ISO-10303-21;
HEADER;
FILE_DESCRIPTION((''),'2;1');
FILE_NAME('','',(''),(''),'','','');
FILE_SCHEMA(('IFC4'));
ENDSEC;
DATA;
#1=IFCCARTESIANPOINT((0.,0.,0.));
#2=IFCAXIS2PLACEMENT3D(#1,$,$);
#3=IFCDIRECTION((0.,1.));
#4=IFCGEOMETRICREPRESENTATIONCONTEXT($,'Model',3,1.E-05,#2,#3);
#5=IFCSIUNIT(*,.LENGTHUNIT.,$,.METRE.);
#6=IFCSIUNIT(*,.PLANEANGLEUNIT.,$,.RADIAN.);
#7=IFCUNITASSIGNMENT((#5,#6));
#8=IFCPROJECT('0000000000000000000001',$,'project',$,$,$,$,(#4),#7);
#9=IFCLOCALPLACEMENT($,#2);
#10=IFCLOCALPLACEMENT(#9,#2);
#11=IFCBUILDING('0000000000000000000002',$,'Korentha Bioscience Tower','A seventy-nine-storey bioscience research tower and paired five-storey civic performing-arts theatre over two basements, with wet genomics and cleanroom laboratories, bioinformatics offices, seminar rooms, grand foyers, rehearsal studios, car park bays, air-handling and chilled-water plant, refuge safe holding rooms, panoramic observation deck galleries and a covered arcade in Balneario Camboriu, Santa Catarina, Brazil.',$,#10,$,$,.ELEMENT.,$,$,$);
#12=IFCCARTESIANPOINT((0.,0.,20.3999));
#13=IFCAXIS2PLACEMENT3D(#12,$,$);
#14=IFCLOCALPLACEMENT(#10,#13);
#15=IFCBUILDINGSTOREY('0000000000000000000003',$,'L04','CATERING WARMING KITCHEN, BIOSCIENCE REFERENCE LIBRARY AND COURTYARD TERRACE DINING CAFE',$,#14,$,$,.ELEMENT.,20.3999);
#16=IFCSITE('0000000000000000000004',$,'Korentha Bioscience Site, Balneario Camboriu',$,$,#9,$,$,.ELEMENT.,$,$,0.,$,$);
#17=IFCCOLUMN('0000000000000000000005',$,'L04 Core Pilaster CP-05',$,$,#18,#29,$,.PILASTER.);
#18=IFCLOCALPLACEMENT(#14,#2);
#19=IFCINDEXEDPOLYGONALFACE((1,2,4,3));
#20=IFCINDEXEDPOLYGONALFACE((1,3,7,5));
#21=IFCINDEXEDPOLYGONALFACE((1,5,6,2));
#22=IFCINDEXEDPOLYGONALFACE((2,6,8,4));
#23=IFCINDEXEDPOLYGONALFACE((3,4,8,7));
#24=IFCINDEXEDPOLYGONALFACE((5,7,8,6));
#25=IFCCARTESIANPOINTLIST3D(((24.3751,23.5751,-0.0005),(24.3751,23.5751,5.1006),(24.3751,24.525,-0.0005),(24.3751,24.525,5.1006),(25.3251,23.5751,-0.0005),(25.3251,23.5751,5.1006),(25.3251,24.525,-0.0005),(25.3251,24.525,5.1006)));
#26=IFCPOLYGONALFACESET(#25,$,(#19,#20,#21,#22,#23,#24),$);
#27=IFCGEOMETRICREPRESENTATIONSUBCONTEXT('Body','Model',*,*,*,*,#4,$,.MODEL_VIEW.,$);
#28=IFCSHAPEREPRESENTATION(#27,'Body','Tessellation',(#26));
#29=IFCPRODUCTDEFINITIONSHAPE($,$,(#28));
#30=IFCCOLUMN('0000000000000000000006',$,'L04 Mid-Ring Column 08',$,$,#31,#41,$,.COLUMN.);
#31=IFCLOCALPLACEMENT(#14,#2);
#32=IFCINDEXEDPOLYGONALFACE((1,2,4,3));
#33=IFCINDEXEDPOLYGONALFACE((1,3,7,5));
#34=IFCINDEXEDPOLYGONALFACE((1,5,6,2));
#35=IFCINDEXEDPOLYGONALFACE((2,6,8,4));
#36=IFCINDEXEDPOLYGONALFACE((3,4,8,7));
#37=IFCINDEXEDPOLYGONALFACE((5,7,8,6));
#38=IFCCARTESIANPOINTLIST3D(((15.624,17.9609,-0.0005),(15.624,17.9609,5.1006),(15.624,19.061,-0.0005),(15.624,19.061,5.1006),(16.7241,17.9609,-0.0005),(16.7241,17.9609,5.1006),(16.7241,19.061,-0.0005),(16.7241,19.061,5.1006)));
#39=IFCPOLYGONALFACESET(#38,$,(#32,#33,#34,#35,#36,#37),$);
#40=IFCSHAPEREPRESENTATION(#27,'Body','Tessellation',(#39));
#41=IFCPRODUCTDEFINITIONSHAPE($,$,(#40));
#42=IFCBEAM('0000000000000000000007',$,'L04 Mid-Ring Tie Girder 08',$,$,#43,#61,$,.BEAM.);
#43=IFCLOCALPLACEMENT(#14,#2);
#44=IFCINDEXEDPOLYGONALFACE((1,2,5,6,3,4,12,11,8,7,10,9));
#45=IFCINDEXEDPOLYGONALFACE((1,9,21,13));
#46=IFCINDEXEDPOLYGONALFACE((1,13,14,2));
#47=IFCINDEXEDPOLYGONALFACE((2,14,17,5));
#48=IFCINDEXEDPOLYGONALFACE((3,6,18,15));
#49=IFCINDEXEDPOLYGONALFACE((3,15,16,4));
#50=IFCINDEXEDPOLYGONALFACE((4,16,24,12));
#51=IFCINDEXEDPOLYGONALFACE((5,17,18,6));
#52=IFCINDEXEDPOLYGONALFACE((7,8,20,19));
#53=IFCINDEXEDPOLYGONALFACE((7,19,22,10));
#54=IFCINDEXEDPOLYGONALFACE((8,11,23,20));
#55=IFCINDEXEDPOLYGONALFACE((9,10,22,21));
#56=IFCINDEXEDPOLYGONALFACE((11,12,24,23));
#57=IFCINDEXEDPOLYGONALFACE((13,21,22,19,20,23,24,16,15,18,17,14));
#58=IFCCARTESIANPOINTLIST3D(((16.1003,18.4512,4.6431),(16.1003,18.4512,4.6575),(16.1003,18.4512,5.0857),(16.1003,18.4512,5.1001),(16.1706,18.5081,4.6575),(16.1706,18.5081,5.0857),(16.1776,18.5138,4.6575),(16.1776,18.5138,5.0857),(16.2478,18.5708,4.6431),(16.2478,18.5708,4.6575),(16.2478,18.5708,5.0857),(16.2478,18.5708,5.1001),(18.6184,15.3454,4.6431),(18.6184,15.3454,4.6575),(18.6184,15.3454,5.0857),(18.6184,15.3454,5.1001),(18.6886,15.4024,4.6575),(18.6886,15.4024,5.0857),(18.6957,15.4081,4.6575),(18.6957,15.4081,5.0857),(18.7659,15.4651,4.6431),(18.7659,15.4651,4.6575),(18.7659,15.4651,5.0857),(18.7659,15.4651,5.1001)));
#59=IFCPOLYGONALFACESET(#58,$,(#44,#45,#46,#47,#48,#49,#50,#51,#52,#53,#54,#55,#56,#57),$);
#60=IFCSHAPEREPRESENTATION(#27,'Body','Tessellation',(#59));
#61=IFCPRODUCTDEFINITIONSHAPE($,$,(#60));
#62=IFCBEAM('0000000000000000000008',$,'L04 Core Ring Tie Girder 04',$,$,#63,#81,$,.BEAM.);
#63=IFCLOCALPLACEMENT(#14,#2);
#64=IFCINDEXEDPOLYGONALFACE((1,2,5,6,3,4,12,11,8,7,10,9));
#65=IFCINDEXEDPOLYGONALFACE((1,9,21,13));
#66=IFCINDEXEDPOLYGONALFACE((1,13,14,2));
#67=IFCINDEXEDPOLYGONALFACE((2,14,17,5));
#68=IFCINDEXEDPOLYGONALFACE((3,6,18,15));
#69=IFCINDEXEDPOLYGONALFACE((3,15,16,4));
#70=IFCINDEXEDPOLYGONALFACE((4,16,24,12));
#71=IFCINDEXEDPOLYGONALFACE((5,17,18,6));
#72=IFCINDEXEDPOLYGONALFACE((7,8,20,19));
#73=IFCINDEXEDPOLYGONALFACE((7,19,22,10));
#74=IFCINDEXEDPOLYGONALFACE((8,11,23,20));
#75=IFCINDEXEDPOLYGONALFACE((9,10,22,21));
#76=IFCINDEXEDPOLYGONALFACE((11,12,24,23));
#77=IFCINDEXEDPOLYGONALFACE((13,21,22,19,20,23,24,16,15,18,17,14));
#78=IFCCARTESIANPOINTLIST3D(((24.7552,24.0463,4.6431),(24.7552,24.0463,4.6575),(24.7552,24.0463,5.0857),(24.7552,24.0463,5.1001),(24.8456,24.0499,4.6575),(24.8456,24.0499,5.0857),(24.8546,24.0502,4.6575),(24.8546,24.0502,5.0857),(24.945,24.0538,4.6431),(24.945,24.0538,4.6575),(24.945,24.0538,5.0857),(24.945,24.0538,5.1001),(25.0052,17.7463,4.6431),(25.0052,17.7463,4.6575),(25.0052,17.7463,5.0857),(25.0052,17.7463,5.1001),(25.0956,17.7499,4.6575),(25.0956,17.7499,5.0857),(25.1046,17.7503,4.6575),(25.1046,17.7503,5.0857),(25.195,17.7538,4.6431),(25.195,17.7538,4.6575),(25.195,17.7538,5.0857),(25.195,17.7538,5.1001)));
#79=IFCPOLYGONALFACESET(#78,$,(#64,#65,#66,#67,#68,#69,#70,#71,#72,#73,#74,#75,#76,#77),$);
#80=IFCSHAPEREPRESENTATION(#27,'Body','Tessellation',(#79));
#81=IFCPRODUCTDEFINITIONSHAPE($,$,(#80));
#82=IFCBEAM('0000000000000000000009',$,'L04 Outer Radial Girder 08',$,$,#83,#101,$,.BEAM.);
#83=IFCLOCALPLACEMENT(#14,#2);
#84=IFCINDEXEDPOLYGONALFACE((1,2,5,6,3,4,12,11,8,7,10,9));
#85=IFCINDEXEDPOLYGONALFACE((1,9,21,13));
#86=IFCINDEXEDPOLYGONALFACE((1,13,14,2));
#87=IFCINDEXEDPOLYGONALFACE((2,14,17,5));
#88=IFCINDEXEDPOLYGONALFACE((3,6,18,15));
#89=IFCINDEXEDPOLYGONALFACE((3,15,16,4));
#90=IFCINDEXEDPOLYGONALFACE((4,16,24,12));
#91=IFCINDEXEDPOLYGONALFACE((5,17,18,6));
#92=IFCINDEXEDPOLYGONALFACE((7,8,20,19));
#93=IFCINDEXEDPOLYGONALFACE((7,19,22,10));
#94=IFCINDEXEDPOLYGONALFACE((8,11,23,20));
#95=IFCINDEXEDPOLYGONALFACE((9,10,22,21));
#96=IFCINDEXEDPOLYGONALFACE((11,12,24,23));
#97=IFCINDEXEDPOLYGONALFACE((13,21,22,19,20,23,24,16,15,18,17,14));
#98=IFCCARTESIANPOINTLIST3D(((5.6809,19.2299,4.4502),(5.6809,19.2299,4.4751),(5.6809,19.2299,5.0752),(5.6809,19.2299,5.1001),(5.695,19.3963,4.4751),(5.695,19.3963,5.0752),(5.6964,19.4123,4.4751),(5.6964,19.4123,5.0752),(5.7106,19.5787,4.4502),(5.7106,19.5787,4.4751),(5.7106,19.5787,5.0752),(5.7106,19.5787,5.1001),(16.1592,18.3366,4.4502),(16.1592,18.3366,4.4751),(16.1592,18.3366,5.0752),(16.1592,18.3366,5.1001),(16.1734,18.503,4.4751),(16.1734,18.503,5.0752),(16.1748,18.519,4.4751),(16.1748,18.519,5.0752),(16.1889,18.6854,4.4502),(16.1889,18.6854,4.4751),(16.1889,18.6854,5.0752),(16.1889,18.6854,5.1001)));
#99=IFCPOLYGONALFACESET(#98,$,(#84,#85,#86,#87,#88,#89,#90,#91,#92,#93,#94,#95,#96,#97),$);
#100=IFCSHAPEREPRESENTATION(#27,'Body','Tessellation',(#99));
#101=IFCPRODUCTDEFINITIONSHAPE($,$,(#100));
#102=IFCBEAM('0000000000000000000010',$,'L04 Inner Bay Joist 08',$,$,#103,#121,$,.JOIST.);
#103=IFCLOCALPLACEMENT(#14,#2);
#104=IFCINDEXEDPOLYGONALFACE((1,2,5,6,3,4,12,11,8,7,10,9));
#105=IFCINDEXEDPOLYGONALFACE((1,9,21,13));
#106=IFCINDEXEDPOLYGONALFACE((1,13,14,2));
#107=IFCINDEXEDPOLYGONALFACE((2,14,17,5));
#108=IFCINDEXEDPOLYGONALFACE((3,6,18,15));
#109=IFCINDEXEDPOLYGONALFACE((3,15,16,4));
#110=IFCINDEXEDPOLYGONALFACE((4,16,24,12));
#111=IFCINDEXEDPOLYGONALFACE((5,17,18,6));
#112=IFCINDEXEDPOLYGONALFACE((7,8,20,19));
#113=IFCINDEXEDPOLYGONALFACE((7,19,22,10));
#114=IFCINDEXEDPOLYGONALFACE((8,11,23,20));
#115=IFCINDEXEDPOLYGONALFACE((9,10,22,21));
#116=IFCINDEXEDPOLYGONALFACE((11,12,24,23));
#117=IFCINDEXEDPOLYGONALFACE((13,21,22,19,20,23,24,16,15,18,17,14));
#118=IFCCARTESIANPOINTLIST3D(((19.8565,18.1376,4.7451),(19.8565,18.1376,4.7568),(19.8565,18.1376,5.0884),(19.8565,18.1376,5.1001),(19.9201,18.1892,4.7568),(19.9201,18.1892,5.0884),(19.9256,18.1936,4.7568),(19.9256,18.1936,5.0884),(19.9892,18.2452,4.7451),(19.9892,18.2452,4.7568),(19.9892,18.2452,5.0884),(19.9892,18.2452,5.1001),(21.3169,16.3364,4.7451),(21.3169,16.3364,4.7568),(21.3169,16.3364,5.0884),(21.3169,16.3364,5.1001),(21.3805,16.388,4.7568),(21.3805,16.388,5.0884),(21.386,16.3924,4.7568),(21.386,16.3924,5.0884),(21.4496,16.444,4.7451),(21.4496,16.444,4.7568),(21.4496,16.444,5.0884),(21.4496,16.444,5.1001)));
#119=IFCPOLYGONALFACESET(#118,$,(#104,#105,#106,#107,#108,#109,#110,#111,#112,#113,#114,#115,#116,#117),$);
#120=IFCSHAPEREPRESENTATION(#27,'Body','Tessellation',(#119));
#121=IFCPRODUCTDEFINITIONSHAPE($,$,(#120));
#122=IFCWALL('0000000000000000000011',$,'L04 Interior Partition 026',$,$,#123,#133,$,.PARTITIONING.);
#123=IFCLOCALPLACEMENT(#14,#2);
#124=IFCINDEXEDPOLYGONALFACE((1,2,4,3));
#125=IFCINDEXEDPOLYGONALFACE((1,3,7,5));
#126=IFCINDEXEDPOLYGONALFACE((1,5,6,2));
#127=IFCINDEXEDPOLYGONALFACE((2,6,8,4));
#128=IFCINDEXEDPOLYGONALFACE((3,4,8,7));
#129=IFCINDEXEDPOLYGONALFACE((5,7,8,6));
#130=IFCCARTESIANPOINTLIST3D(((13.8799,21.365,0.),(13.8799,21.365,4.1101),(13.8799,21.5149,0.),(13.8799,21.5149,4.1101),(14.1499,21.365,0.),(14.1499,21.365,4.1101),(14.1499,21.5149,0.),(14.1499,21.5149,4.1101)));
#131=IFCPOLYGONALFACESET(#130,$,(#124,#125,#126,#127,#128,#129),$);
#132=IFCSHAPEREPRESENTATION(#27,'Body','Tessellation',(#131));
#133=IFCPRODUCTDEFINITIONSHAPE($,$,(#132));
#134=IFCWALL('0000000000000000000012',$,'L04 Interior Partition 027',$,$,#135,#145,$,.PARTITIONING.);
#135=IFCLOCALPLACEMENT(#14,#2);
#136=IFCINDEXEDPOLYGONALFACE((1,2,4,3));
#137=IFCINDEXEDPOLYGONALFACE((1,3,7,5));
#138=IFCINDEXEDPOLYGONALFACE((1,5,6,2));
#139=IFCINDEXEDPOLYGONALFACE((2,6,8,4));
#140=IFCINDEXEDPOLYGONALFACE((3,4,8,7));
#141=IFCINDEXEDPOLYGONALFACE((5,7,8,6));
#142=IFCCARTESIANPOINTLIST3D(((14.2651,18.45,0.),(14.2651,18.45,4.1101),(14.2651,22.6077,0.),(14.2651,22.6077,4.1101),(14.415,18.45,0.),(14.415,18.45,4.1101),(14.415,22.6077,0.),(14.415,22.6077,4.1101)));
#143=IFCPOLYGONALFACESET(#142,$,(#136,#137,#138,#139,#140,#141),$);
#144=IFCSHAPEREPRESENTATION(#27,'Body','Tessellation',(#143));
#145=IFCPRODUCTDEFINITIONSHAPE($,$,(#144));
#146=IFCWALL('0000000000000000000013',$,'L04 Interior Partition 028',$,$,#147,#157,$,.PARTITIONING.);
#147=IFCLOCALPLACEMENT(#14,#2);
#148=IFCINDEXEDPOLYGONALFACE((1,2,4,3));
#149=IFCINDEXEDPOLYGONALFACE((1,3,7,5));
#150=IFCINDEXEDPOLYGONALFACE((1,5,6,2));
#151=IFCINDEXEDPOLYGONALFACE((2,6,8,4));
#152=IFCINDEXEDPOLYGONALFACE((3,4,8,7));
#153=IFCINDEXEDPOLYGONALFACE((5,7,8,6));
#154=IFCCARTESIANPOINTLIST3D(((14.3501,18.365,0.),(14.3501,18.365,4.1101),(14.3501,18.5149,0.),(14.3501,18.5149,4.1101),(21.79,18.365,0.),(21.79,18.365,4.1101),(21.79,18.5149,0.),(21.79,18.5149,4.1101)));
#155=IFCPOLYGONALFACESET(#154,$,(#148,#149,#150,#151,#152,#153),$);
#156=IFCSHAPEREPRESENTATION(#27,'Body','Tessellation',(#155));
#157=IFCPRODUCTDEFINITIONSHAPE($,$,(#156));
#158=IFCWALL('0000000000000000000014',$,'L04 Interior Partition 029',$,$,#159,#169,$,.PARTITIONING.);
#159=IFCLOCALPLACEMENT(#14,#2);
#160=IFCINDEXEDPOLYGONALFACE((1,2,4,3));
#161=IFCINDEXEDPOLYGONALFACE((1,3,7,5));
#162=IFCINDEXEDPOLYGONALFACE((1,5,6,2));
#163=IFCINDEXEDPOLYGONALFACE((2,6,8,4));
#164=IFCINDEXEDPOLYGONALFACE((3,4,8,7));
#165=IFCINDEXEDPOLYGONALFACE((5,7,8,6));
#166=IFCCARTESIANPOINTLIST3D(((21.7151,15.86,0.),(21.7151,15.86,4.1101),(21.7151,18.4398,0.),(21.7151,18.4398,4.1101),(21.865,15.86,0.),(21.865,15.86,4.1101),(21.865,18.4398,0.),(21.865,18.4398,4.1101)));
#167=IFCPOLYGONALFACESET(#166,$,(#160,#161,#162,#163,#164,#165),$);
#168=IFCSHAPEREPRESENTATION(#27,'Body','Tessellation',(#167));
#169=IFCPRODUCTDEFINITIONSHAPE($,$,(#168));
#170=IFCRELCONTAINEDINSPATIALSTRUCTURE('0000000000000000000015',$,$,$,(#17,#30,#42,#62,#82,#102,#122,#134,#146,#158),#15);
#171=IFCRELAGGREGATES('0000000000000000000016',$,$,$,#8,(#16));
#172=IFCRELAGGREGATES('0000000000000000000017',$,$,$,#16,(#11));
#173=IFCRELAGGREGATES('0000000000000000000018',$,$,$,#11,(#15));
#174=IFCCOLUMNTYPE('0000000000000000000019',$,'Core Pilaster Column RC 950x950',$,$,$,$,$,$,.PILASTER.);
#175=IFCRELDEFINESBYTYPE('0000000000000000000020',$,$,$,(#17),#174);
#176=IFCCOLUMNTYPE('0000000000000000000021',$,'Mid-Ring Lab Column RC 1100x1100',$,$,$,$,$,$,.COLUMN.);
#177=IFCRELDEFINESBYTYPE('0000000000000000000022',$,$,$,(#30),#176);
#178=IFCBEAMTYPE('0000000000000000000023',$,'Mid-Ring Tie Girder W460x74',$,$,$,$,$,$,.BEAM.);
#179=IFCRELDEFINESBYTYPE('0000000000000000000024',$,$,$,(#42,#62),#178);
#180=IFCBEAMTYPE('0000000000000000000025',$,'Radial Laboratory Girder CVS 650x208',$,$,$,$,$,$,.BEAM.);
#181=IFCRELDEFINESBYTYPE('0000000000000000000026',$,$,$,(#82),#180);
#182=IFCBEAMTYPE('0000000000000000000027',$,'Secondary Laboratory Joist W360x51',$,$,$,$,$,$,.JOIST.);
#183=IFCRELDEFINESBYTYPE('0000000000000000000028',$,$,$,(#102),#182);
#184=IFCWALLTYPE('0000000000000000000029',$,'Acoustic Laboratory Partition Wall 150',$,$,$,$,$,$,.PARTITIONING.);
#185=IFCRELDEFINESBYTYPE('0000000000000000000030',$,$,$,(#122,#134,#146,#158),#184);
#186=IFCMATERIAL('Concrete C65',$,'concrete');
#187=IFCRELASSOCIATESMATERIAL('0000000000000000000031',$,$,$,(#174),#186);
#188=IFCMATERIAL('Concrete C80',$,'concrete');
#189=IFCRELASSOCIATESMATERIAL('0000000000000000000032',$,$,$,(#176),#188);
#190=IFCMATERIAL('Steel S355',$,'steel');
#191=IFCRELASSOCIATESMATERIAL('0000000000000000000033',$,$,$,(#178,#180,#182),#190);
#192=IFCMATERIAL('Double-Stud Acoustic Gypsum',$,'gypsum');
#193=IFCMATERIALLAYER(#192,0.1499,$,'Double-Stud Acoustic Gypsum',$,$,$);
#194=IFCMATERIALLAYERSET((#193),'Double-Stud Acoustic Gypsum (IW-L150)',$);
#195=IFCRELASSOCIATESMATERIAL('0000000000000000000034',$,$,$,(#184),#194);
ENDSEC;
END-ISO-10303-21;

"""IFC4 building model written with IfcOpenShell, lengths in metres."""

from ifc_helpers import new_model, si_unit, direction, frame, frame_2d, origin, origin_2d, place, context, subcontext, project, spatial, rectangle, i_section, extrude, material, layer, layer_set, material_profile, profile_set, type_object, element, save


model = new_model("IFC4")

# Units and contexts
model_context = context("Model", 3, precision=1e-05, world=origin(), true_north=direction((0.0, 1.0)))
body_context = subcontext(model_context, "Body", "Model", "MODEL_VIEW")
ifc_project = project(units=[si_unit("LENGTHUNIT", "METRE"), si_unit("PLANEANGLEUNIT", "RADIAN")], contexts=[model_context])

# Site, building, storey
site_placement = place(None, origin())
site = spatial("IfcSite", under=ifc_project, at=site_placement, Name="Korentha Bioscience Site, Balneario Camboriu", CompositionType="ELEMENT", RefElevation=0.0)
building_placement = place(site_placement, origin())
building = spatial("IfcBuilding", under=site, at=building_placement, Name="Korentha Bioscience Tower", Description="A seventy-nine-storey bioscience research tower and paired five-storey civic performing-arts theatre over two basements, with wet genomics and cleanroom laboratories, bioinformatics offices, seminar rooms, grand foyers, rehearsal studios, car park bays, air-handling and chilled-water plant, refuge safe holding rooms, panoramic observation deck galleries and a covered arcade in Balneario Camboriu, Santa Catarina, Brazil.", CompositionType="ELEMENT")
storey_placement = place(building_placement, frame((0.0, 0.0, 20.3999)))
storey = spatial("IfcBuildingStorey", under=building, at=storey_placement, Name="L04", Description="CATERING WARMING KITCHEN, BIOSCIENCE REFERENCE LIBRARY AND COURTYARD TERRACE DINING CAFE", CompositionType="ELEMENT", Elevation=20.3999)

# Columns
ifc_material_1 = material(Name="Concrete C65", Category="concrete")
ifc_material_profile_1 = material_profile(ifc_material_1, rectangle(XDim=0.95, YDim=0.95, at=origin_2d()), Name="Concrete C65")
ifc_profile_set_1 = profile_set([ifc_material_profile_1], Name="Concrete C65 (COL-CP09)")
column_type_1 = type_object("IfcColumnType", Name="Core Pilaster Column RC 950x950", PredefinedType="PILASTER", material=ifc_profile_set_1)
column_1_placement = place(storey_placement, frame((24.8501, 24.05, -0.0005), z_axis=(0.0, 0.0, 1.0), x_axis=(1.0, 0.0, 0.0)))
element("IfcColumn", 1, at=column_1_placement, inside=storey, type_object=column_type_1, Name="L04 Core Pilaster CP-05", PredefinedType="PILASTER", context=body_context, shape_type="SweptSolid", body=[
    extrude(rectangle(XDim=0.95, YDim=0.95, at=origin_2d()), origin(), (0.0, 0.0, 1.0), 5.1011),
])
ifc_material_2 = material(Name="Concrete C80", Category="concrete")
ifc_material_profile_2 = material_profile(ifc_material_2, rectangle(XDim=1.1001, YDim=1.1001, at=origin_2d()), Name="Concrete C80")
ifc_profile_set_2 = profile_set([ifc_material_profile_2], Name="Concrete C80 (COL-MR11)")
column_type_2 = type_object("IfcColumnType", Name="Mid-Ring Lab Column RC 1100x1100", PredefinedType="COLUMN", material=ifc_profile_set_2)
column_2_placement = place(storey_placement, frame((16.1741, 18.511, -0.0005), z_axis=(0.0, 0.0, 1.0), x_axis=(1.0, 0.0, 0.0)))
element("IfcColumn", 2, at=column_2_placement, inside=storey, type_object=column_type_2, Name="L04 Mid-Ring Column 08", PredefinedType="COLUMN", context=body_context, shape_type="SweptSolid", body=[
    extrude(rectangle(XDim=1.1001, YDim=1.1001, at=origin_2d()), origin(), (0.0, 0.0, 1.0), 5.1011),
])

# Beams
ifc_material_3 = material(Name="Steel S355", Category="steel")
ifc_material_profile_3 = material_profile(ifc_material_3, i_section(OverallWidth=0.1899, OverallDepth=0.457, WebThickness=0.009, FlangeThickness=0.0144, at=origin_2d()), Name="Steel S355")
ifc_profile_set_3 = profile_set([ifc_material_profile_3], Name="Steel S355 (MB-460)")
beam_type_1 = type_object("IfcBeamType", Name="Mid-Ring Tie Girder W460x74", PredefinedType="BEAM", material=ifc_profile_set_3)
beam_1_placement = place(storey_placement, frame((16.1741, 18.511, 4.8716), z_axis=(0.62979, -0.776765, 0.0), x_axis=(0.776765, 0.62979, 0.0)))
element("IfcBeam", 3, at=beam_1_placement, inside=storey, type_object=beam_type_1, Name="L04 Mid-Ring Tie Girder 08", PredefinedType="BEAM", context=body_context, shape_type="SweptSolid", body=[
    extrude(i_section(OverallWidth=0.1899, OverallDepth=0.457, WebThickness=0.009, FlangeThickness=0.0144, at=origin_2d()), origin(), (0.0, 0.0, 1.0), 3.9983),
])
beam_2_placement = place(storey_placement, frame((24.8501, 24.05, 4.8716), z_axis=(0.039651, -0.999214, 0.0), x_axis=(0.999214, 0.039651, 0.0)))
element("IfcBeam", 4, at=beam_2_placement, inside=storey, type_object=beam_type_1, Name="L04 Core Ring Tie Girder 04", PredefinedType="BEAM", context=body_context, shape_type="SweptSolid", body=[
    extrude(i_section(OverallWidth=0.1899, OverallDepth=0.457, WebThickness=0.009, FlangeThickness=0.0144, at=origin_2d()), origin(), (0.0, 0.0, 1.0), 6.3049),
])
ifc_material_profile_4 = material_profile(ifc_material_3, i_section(OverallWidth=0.3501, OverallDepth=0.6499, WebThickness=0.0161, FlangeThickness=0.0249, at=origin_2d()), Name="Steel S355")
ifc_profile_set_4 = profile_set([ifc_material_profile_4], Name="Steel S355 (RB-650)")
beam_type_2 = type_object("IfcBeamType", Name="Radial Laboratory Girder CVS 650x208", PredefinedType="BEAM", material=ifc_profile_set_4)
beam_3_placement = place(storey_placement, frame((16.1741, 18.511, 4.7751), z_axis=(-0.996386, 0.084945, 0.0), x_axis=(-0.084945, -0.996386, 0.0)))
element("IfcBeam", 5, at=beam_3_placement, inside=storey, type_object=beam_type_2, Name="L04 Outer Radial Girder 08", PredefinedType="BEAM", context=body_context, shape_type="SweptSolid", body=[
    extrude(i_section(OverallWidth=0.3501, OverallDepth=0.6499, WebThickness=0.0161, FlangeThickness=0.0249, at=origin_2d()), origin(), (0.0, 0.0, 1.0), 10.5164),
])
ifc_material_profile_5 = material_profile(ifc_material_3, i_section(OverallWidth=0.1709, OverallDepth=0.355, WebThickness=0.0071, FlangeThickness=0.0117, at=origin_2d()), Name="Steel S355")
ifc_profile_set_5 = profile_set([ifc_material_profile_5], Name="Steel S355 (JB-360)")
beam_type_3 = type_object("IfcBeamType", Name="Secondary Laboratory Joist W360x51", PredefinedType="JOIST", material=ifc_profile_set_5)
beam_4_placement = place(storey_placement, frame((19.9229, 18.1914, 4.9226), z_axis=(0.629792, -0.776764, 0.0), x_axis=(0.776764, 0.629792, 0.0)))
element("IfcBeam", 6, at=beam_4_placement, inside=storey, type_object=beam_type_3, Name="L04 Inner Bay Joist 08", PredefinedType="JOIST", context=body_context, shape_type="SweptSolid", body=[
    extrude(i_section(OverallWidth=0.1709, OverallDepth=0.355, WebThickness=0.0071, FlangeThickness=0.0117, at=origin_2d()), origin(), (0.0, 0.0, 1.0), 2.3188),
])

# Walls
ifc_material_4 = material(Name="Double-Stud Acoustic Gypsum", Category="gypsum")
ifc_layer_1 = layer(ifc_material_4, 0.1499, Name="Double-Stud Acoustic Gypsum")
ifc_layer_set_1 = layer_set([ifc_layer_1], Name="Double-Stud Acoustic Gypsum (IW-L150)")
wall_type_1 = type_object("IfcWallType", Name="Acoustic Laboratory Partition Wall 150", PredefinedType="PARTITIONING", material=ifc_layer_set_1)
wall_1_placement = place(storey_placement, frame((13.8799, 21.4399, 0.0), z_axis=(0.0, 0.0, 1.0), x_axis=(1.0, 0.0, 0.0)))
element("IfcWall", 7, at=wall_1_placement, inside=storey, type_object=wall_type_1, Name="L04 Interior Partition 026", PredefinedType="PARTITIONING", context=body_context, shape_type="SweptSolid", body=[
    extrude(rectangle(XDim=0.27, YDim=0.1499, at=frame_2d((0.135, 0.0))), origin(), (0.0, 0.0, 1.0), 4.1101),
])
wall_2_placement = place(storey_placement, frame((14.3401, 22.6077, 0.0), z_axis=(0.0, 0.0, 1.0), x_axis=(0.0, -1.0, 0.0)))
element("IfcWall", 8, at=wall_2_placement, inside=storey, type_object=wall_type_1, Name="L04 Interior Partition 027", PredefinedType="PARTITIONING", context=body_context, shape_type="SweptSolid", body=[
    extrude(rectangle(XDim=4.1577, YDim=0.1499, at=frame_2d((2.0789, 0.0))), origin(), (0.0, 0.0, 1.0), 4.1101),
])
wall_3_placement = place(storey_placement, frame((14.3501, 18.4399, 0.0), z_axis=(0.0, 0.0, 1.0), x_axis=(1.0, 0.0, 0.0)))
element("IfcWall", 9, at=wall_3_placement, inside=storey, type_object=wall_type_1, Name="L04 Interior Partition 028", PredefinedType="PARTITIONING", context=body_context, shape_type="SweptSolid", body=[
    extrude(rectangle(XDim=7.4399, YDim=0.1499, at=frame_2d((3.72, 0.0))), origin(), (0.0, 0.0, 1.0), 4.1101),
])
wall_4_placement = place(storey_placement, frame((21.79, 18.4399, 0.0), z_axis=(0.0, 0.0, 1.0), x_axis=(0.0, -1.0, 0.0)))
element("IfcWall", 10, at=wall_4_placement, inside=storey, type_object=wall_type_1, Name="L04 Interior Partition 029", PredefinedType="PARTITIONING", context=body_context, shape_type="SweptSolid", body=[
    extrude(rectangle(XDim=2.5798, YDim=0.1499, at=frame_2d((1.29, 0.0))), origin(), (0.0, 0.0, 1.0), 4.1101),
])

save(model, "model.ifc")
